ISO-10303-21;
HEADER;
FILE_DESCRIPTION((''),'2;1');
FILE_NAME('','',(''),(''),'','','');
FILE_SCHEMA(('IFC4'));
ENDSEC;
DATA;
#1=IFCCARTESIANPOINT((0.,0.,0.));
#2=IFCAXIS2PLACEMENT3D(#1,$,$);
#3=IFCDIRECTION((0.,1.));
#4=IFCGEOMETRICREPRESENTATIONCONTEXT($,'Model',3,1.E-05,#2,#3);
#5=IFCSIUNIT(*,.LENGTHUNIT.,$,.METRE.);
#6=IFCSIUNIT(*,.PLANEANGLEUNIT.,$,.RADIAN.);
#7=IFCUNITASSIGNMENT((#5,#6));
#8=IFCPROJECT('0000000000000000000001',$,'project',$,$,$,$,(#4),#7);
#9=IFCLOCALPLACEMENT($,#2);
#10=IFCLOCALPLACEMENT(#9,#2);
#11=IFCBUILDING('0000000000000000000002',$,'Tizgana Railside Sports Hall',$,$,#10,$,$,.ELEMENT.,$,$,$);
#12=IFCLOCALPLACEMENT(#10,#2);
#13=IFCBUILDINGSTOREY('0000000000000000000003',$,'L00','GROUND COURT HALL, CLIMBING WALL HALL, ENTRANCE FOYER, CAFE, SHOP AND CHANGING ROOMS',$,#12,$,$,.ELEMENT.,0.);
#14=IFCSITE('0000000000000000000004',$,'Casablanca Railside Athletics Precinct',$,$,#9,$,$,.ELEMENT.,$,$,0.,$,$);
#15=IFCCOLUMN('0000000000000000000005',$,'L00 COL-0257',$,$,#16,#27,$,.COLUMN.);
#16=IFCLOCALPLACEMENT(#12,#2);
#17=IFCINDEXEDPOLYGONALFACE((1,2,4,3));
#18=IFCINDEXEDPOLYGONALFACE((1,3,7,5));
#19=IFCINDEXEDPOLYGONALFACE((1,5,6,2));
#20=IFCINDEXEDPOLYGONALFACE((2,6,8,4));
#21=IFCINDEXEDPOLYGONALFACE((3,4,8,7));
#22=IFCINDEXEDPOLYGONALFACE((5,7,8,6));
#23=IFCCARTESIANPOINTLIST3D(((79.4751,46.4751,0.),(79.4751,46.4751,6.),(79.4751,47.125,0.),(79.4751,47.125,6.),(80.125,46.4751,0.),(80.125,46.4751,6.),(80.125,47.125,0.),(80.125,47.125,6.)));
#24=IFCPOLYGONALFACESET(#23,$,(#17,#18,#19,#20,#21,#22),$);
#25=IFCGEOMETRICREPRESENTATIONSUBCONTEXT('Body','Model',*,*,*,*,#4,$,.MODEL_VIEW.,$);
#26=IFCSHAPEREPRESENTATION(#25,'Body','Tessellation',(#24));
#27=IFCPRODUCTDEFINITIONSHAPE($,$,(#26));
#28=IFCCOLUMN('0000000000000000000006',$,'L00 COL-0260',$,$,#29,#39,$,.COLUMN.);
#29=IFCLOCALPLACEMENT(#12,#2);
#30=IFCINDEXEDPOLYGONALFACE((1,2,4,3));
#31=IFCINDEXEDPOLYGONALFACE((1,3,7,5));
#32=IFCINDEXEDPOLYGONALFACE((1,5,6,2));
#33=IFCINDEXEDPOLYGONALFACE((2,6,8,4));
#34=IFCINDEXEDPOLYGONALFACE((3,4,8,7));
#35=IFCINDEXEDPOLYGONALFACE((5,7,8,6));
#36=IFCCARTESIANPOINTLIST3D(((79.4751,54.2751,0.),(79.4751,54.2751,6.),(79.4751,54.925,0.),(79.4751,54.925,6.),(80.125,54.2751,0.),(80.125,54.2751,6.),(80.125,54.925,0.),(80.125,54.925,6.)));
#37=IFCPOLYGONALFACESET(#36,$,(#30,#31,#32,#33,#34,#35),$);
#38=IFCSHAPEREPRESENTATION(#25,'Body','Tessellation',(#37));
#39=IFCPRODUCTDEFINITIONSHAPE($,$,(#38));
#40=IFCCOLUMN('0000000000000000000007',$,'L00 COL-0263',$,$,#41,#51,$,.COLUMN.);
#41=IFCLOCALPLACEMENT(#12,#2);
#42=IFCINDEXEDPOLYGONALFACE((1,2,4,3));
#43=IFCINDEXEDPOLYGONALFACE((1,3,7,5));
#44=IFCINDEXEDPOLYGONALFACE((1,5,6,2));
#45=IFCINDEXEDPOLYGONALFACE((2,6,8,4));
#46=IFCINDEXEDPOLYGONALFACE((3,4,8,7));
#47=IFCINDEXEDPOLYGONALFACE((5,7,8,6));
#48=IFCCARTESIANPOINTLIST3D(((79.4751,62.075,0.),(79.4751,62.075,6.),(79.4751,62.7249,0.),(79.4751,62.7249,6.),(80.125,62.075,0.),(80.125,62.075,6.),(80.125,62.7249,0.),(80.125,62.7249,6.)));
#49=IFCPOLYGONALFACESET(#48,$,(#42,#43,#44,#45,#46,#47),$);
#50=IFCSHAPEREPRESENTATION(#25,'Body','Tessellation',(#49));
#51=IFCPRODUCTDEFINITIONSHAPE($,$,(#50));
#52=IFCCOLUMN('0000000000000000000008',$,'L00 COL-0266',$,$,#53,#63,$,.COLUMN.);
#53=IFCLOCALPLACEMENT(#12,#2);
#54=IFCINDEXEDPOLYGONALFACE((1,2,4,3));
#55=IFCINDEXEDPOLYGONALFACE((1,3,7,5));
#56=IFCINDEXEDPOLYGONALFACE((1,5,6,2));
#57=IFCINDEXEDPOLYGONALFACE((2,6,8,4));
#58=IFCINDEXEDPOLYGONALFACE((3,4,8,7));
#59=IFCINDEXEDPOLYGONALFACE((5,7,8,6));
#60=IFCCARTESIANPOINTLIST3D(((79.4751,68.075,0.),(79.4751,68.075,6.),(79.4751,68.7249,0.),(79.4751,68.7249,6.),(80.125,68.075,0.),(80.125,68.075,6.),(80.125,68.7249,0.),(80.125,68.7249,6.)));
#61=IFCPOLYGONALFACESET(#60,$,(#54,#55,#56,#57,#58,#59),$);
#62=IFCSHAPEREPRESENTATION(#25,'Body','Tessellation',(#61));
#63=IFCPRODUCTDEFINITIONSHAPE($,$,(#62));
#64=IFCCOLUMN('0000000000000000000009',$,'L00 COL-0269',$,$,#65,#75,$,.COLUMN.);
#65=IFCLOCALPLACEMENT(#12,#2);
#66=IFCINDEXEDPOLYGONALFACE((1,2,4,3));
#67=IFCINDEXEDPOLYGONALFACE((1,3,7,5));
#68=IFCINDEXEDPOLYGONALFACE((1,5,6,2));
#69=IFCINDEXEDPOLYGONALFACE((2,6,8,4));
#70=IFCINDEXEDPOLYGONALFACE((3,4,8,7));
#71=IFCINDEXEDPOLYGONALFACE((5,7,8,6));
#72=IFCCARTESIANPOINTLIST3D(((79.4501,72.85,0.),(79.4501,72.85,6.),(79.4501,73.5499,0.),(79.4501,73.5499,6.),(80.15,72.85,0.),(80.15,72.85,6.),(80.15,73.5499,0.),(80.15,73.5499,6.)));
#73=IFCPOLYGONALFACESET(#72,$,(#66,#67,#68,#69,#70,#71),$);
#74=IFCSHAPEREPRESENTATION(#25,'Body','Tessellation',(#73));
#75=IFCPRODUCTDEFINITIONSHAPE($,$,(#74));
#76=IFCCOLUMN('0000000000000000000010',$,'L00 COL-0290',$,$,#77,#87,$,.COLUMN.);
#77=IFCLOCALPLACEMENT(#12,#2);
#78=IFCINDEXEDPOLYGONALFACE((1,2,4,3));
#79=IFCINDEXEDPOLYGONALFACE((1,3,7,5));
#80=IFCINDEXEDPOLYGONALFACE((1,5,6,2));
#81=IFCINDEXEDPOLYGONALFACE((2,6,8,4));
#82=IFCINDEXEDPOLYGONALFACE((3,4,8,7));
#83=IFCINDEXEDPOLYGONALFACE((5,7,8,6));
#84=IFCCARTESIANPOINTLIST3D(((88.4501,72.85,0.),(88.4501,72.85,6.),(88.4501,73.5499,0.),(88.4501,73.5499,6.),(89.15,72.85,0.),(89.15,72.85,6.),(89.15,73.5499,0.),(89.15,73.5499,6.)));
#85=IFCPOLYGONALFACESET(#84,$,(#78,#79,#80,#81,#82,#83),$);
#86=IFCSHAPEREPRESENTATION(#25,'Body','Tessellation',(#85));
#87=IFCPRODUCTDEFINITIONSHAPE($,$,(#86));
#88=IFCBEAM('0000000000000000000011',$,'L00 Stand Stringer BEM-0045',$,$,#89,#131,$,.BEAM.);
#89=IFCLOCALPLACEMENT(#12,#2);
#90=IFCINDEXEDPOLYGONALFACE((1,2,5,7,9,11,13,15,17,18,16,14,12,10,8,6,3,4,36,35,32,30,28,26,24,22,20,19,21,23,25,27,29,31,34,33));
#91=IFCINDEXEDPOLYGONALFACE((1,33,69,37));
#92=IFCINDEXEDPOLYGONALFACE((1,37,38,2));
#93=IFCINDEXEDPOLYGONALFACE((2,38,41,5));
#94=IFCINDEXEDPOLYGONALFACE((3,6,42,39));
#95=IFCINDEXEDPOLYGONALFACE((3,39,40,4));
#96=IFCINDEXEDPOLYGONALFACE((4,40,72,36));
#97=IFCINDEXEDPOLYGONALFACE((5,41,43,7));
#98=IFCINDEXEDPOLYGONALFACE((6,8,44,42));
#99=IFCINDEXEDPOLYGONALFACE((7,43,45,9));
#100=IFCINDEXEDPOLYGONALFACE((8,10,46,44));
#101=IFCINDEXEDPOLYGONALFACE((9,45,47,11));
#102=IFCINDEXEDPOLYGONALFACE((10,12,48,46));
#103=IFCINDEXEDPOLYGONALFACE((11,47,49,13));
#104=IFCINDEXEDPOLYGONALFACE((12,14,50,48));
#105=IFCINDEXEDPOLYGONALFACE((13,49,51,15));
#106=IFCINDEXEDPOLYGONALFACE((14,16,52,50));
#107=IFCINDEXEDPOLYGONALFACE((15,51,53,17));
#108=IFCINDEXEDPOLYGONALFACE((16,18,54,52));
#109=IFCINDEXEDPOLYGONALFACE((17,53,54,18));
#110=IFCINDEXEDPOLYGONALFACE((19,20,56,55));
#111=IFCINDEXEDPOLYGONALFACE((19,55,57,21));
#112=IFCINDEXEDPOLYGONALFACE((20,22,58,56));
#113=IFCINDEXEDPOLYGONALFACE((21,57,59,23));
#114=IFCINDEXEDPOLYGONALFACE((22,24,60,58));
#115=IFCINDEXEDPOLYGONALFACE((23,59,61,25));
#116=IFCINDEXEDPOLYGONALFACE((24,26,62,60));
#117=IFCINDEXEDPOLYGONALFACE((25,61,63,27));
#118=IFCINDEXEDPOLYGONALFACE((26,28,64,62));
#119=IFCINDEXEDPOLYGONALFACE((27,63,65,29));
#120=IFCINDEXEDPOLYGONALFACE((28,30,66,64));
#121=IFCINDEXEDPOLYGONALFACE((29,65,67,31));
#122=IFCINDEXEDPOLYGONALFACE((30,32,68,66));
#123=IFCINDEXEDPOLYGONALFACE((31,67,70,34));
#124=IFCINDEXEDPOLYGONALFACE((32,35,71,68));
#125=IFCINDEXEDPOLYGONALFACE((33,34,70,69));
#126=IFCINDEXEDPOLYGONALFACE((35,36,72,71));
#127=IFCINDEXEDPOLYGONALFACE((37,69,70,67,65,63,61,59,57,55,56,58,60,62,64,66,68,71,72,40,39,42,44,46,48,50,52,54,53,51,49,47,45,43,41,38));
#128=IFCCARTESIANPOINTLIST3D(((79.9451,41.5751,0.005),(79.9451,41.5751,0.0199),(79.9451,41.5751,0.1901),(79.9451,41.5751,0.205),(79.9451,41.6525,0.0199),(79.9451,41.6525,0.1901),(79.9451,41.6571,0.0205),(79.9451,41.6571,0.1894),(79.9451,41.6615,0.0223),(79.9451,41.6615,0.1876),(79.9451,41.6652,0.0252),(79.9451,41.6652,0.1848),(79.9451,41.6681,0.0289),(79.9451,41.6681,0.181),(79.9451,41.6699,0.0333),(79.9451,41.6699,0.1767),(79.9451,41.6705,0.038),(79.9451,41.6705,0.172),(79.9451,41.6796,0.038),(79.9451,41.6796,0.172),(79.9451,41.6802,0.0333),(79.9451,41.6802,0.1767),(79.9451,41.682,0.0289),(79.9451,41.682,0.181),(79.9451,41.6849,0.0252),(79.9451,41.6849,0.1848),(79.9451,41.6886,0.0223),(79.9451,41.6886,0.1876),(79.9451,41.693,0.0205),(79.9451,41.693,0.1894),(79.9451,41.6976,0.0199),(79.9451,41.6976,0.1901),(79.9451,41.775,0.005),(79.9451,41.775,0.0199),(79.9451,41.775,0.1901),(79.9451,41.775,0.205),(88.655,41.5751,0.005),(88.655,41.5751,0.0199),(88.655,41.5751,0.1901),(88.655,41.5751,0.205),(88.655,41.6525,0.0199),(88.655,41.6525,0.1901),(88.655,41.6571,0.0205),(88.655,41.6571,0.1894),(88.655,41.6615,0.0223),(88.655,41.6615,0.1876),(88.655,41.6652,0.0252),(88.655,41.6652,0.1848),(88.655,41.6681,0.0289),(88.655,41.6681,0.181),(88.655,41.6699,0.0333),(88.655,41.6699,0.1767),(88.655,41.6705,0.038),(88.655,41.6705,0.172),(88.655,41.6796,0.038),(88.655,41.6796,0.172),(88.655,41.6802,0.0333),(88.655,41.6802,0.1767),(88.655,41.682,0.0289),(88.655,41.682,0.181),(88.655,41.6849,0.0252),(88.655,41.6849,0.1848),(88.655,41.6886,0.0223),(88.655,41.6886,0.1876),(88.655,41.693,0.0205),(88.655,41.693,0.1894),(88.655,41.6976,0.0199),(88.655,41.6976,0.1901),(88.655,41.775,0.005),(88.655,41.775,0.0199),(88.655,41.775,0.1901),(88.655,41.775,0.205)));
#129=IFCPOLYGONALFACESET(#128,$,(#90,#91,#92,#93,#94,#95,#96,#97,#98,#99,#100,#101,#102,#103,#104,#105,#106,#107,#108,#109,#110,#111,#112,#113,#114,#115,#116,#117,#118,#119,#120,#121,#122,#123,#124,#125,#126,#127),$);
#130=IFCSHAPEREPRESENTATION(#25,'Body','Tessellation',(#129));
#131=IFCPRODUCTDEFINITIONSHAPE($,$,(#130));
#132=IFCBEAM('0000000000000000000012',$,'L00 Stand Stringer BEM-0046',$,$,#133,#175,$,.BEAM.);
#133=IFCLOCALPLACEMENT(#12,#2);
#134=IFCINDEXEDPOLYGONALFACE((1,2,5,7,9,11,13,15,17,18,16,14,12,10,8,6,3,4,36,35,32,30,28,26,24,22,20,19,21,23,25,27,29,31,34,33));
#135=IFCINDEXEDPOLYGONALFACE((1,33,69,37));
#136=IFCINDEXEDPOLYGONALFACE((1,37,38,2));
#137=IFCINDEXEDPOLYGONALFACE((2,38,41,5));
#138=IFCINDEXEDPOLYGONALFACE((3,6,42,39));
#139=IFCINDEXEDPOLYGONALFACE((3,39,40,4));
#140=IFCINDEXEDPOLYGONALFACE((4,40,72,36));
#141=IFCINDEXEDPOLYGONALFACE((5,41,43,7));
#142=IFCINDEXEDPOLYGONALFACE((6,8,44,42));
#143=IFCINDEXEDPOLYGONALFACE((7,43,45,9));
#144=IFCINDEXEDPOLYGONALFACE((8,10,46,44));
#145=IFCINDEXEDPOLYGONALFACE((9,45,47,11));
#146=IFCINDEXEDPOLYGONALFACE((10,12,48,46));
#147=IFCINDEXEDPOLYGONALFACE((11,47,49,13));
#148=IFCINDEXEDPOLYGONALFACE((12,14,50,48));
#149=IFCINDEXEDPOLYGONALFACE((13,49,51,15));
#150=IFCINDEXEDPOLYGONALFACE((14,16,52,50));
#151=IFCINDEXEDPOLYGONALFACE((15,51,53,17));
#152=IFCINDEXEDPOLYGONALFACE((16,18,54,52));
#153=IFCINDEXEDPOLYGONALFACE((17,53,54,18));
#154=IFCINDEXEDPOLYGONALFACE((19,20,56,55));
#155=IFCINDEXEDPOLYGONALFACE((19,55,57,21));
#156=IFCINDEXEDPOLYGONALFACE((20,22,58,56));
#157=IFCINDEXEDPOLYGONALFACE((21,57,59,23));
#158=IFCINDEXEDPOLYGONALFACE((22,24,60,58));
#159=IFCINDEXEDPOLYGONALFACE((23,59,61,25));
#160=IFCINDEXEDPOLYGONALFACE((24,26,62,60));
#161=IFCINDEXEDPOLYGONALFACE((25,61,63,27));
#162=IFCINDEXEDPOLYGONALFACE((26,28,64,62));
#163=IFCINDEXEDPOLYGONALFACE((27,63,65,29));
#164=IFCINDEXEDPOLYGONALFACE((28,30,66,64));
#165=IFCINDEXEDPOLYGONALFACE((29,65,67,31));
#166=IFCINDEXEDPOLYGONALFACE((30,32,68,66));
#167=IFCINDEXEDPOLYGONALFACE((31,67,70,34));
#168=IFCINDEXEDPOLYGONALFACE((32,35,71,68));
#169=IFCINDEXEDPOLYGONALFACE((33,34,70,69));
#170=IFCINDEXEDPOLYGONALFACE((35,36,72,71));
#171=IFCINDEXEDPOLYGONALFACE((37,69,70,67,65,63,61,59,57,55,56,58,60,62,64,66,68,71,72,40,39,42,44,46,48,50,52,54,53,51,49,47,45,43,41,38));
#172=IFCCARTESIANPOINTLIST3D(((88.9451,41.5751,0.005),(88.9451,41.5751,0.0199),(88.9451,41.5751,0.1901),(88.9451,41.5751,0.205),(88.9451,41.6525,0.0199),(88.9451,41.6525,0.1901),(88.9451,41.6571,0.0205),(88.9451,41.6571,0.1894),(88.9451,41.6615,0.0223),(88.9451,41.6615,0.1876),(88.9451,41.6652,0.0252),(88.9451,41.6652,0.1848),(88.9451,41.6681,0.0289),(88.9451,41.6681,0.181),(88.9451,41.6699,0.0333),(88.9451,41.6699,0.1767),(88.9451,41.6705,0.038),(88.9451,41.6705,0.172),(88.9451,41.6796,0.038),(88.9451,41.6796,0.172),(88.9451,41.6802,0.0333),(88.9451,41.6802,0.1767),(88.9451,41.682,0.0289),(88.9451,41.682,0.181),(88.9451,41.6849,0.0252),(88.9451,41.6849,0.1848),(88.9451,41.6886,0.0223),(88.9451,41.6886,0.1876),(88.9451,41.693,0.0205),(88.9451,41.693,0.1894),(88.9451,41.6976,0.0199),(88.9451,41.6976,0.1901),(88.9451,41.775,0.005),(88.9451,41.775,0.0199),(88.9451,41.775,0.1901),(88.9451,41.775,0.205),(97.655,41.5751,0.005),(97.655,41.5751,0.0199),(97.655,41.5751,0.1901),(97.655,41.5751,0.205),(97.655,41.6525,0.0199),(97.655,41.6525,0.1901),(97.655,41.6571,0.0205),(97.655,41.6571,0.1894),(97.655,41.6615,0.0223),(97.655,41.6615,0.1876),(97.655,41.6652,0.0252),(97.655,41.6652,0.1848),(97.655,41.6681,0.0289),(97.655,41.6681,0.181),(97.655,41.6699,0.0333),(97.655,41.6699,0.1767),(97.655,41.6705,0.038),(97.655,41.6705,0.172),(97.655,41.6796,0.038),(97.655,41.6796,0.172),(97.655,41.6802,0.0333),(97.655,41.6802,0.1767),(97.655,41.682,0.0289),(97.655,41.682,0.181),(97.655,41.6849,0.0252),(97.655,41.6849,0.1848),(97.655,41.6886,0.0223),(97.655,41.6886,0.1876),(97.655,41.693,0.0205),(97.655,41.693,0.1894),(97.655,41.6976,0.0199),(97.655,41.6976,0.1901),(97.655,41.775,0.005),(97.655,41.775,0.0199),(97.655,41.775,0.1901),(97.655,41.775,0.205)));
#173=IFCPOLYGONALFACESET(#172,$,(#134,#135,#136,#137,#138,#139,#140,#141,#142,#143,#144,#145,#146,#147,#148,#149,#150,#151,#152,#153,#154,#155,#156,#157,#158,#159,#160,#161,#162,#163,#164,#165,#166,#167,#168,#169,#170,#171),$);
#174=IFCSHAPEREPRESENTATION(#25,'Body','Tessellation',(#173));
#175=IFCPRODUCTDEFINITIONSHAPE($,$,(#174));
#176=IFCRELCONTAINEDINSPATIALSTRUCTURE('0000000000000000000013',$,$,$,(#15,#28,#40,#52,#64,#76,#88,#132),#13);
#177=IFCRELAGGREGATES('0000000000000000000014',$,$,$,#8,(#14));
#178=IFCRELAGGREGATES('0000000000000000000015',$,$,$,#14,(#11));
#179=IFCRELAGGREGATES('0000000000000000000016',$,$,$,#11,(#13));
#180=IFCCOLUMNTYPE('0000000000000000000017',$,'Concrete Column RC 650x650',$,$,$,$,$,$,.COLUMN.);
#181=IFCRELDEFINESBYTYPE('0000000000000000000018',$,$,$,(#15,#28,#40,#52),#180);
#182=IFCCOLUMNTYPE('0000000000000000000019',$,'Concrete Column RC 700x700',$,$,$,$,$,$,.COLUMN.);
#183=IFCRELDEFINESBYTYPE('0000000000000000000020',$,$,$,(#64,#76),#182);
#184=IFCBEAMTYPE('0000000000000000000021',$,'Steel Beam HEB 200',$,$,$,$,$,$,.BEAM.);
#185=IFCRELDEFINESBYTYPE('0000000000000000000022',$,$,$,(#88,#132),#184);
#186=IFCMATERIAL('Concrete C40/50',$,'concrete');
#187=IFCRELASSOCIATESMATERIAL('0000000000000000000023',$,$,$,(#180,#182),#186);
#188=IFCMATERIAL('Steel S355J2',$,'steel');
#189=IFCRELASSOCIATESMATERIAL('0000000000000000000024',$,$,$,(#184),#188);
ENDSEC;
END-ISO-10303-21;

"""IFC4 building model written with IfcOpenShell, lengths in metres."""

from ifc_helpers import new_model, si_unit, direction, frame, origin, origin_2d, place, context, subcontext, project, spatial, rectangle, i_section, extrude, material, material_profile, profile_set, type_object, element, save


model = new_model("IFC4")

# Units and contexts
model_context = context("Model", 3, precision=1e-05, world=origin(), true_north=direction((0.0, 1.0)))
body_context = subcontext(model_context, "Body", "Model", "MODEL_VIEW")
ifc_project = project(units=[si_unit("LENGTHUNIT", "METRE"), si_unit("PLANEANGLEUNIT", "RADIAN")], contexts=[model_context])

# Site, building, storey
site_placement = place(None, origin())
site = spatial("IfcSite", under=ifc_project, at=site_placement, Name="Casablanca Railside Athletics Precinct", CompositionType="ELEMENT", RefElevation=0.0)
building_placement = place(site_placement, origin())
building = spatial("IfcBuilding", under=site, at=building_placement, Name="Tizgana Railside Sports Hall", CompositionType="ELEMENT")
storey_placement = place(building_placement, origin())
storey = spatial("IfcBuildingStorey", under=building, at=storey_placement, Name="L00", Description="GROUND COURT HALL, CLIMBING WALL HALL, ENTRANCE FOYER, CAFE, SHOP AND CHANGING ROOMS", CompositionType="ELEMENT", Elevation=0.0)

# Columns
ifc_material_1 = material(Name="Concrete C40/50", Category="concrete")
ifc_material_profile_1 = material_profile(ifc_material_1, rectangle(XDim=0.6499, YDim=0.6499, at=origin_2d()), Name="RC 650x650")
ifc_profile_set_1 = profile_set([ifc_material_profile_1], Name="Concrete C40/50")
column_type_1 = type_object("IfcColumnType", Name="Concrete Column RC 650x650", PredefinedType="COLUMN", material=ifc_profile_set_1)
for number, where, z_axis, x_axis, name in (
    (1, (79.8, 46.8, 0.0), (0.0, 0.0, 1.0), (1.0, 0.0, 0.0), "L00 COL-0257"),
    (2, (79.8, 54.6001, 0.0), (0.0, 0.0, 1.0), (1.0, 0.0, 0.0), "L00 COL-0260"),
    (3, (79.8, 62.3999, 0.0), (0.0, 0.0, 1.0), (1.0, 0.0, 0.0), "L00 COL-0263"),
    (4, (79.8, 68.3999, 0.0), (0.0, 0.0, 1.0), (1.0, 0.0, 0.0), "L00 COL-0266"),
):
    element("IfcColumn", number, at=place(storey_placement, frame(where, z_axis=z_axis, x_axis=x_axis)), inside=storey, type_object=column_type_1, Name=name, PredefinedType="COLUMN", context=body_context, shape_type="SweptSolid", body=[
        extrude(rectangle(XDim=0.6499, YDim=0.6499, at=origin_2d()), origin(), (0.0, 0.0, 1.0), 6.0),
    ])
ifc_material_profile_2 = material_profile(ifc_material_1, rectangle(XDim=0.7, YDim=0.7, at=origin_2d()), Name="RC 700x700")
ifc_profile_set_2 = profile_set([ifc_material_profile_2], Name="Concrete C40/50")
column_type_2 = type_object("IfcColumnType", Name="Concrete Column RC 700x700", PredefinedType="COLUMN", material=ifc_profile_set_2)
for number, where, z_axis, x_axis, name in (
    (5, (79.8, 73.2, 0.0), (0.0, 0.0, 1.0), (1.0, 0.0, 0.0), "L00 COL-0269"),
    (6, (88.8, 73.2, 0.0), (0.0, 0.0, 1.0), (1.0, 0.0, 0.0), "L00 COL-0290"),
):
    element("IfcColumn", number, at=place(storey_placement, frame(where, z_axis=z_axis, x_axis=x_axis)), inside=storey, type_object=column_type_2, Name=name, PredefinedType="COLUMN", context=body_context, shape_type="SweptSolid", body=[
        extrude(rectangle(XDim=0.7, YDim=0.7, at=origin_2d()), origin(), (0.0, 0.0, 1.0), 6.0),
    ])

# Beams
ifc_material_2 = material(Name="Steel S355J2", Category="steel")
ifc_material_profile_3 = material_profile(ifc_material_2, i_section(OverallWidth=0.2, OverallDepth=0.2, WebThickness=0.009, FlangeThickness=0.0149, FilletRadius=0.0181, at=origin_2d()), Name="HEB 200")
ifc_profile_set_3 = profile_set([ifc_material_profile_3], Name="Steel S355J2")
beam_type_1 = type_object("IfcBeamType", Name="Steel Beam HEB 200", PredefinedType="BEAM", material=ifc_profile_set_3)
for number, where, z_axis, x_axis, name in (
    (7, (79.9451, 41.675, 0.105), (1.0, 0.0, 0.0), (0.0, 1.0, 0.0), "L00 Stand Stringer BEM-0045"),
    (8, (88.9451, 41.675, 0.105), (1.0, 0.0, 0.0), (0.0, 1.0, 0.0), "L00 Stand Stringer BEM-0046"),
):
    element("IfcBeam", number, at=place(storey_placement, frame(where, z_axis=z_axis, x_axis=x_axis)), inside=storey, type_object=beam_type_1, Name=name, PredefinedType="BEAM", context=body_context, shape_type="SweptSolid", body=[
        extrude(i_section(OverallWidth=0.2, OverallDepth=0.2, WebThickness=0.009, FlangeThickness=0.0149, FilletRadius=0.0181, at=origin_2d()), origin(), (0.0, 0.0, 1.0), 8.71),
    ])

save(model, "model.ifc")
